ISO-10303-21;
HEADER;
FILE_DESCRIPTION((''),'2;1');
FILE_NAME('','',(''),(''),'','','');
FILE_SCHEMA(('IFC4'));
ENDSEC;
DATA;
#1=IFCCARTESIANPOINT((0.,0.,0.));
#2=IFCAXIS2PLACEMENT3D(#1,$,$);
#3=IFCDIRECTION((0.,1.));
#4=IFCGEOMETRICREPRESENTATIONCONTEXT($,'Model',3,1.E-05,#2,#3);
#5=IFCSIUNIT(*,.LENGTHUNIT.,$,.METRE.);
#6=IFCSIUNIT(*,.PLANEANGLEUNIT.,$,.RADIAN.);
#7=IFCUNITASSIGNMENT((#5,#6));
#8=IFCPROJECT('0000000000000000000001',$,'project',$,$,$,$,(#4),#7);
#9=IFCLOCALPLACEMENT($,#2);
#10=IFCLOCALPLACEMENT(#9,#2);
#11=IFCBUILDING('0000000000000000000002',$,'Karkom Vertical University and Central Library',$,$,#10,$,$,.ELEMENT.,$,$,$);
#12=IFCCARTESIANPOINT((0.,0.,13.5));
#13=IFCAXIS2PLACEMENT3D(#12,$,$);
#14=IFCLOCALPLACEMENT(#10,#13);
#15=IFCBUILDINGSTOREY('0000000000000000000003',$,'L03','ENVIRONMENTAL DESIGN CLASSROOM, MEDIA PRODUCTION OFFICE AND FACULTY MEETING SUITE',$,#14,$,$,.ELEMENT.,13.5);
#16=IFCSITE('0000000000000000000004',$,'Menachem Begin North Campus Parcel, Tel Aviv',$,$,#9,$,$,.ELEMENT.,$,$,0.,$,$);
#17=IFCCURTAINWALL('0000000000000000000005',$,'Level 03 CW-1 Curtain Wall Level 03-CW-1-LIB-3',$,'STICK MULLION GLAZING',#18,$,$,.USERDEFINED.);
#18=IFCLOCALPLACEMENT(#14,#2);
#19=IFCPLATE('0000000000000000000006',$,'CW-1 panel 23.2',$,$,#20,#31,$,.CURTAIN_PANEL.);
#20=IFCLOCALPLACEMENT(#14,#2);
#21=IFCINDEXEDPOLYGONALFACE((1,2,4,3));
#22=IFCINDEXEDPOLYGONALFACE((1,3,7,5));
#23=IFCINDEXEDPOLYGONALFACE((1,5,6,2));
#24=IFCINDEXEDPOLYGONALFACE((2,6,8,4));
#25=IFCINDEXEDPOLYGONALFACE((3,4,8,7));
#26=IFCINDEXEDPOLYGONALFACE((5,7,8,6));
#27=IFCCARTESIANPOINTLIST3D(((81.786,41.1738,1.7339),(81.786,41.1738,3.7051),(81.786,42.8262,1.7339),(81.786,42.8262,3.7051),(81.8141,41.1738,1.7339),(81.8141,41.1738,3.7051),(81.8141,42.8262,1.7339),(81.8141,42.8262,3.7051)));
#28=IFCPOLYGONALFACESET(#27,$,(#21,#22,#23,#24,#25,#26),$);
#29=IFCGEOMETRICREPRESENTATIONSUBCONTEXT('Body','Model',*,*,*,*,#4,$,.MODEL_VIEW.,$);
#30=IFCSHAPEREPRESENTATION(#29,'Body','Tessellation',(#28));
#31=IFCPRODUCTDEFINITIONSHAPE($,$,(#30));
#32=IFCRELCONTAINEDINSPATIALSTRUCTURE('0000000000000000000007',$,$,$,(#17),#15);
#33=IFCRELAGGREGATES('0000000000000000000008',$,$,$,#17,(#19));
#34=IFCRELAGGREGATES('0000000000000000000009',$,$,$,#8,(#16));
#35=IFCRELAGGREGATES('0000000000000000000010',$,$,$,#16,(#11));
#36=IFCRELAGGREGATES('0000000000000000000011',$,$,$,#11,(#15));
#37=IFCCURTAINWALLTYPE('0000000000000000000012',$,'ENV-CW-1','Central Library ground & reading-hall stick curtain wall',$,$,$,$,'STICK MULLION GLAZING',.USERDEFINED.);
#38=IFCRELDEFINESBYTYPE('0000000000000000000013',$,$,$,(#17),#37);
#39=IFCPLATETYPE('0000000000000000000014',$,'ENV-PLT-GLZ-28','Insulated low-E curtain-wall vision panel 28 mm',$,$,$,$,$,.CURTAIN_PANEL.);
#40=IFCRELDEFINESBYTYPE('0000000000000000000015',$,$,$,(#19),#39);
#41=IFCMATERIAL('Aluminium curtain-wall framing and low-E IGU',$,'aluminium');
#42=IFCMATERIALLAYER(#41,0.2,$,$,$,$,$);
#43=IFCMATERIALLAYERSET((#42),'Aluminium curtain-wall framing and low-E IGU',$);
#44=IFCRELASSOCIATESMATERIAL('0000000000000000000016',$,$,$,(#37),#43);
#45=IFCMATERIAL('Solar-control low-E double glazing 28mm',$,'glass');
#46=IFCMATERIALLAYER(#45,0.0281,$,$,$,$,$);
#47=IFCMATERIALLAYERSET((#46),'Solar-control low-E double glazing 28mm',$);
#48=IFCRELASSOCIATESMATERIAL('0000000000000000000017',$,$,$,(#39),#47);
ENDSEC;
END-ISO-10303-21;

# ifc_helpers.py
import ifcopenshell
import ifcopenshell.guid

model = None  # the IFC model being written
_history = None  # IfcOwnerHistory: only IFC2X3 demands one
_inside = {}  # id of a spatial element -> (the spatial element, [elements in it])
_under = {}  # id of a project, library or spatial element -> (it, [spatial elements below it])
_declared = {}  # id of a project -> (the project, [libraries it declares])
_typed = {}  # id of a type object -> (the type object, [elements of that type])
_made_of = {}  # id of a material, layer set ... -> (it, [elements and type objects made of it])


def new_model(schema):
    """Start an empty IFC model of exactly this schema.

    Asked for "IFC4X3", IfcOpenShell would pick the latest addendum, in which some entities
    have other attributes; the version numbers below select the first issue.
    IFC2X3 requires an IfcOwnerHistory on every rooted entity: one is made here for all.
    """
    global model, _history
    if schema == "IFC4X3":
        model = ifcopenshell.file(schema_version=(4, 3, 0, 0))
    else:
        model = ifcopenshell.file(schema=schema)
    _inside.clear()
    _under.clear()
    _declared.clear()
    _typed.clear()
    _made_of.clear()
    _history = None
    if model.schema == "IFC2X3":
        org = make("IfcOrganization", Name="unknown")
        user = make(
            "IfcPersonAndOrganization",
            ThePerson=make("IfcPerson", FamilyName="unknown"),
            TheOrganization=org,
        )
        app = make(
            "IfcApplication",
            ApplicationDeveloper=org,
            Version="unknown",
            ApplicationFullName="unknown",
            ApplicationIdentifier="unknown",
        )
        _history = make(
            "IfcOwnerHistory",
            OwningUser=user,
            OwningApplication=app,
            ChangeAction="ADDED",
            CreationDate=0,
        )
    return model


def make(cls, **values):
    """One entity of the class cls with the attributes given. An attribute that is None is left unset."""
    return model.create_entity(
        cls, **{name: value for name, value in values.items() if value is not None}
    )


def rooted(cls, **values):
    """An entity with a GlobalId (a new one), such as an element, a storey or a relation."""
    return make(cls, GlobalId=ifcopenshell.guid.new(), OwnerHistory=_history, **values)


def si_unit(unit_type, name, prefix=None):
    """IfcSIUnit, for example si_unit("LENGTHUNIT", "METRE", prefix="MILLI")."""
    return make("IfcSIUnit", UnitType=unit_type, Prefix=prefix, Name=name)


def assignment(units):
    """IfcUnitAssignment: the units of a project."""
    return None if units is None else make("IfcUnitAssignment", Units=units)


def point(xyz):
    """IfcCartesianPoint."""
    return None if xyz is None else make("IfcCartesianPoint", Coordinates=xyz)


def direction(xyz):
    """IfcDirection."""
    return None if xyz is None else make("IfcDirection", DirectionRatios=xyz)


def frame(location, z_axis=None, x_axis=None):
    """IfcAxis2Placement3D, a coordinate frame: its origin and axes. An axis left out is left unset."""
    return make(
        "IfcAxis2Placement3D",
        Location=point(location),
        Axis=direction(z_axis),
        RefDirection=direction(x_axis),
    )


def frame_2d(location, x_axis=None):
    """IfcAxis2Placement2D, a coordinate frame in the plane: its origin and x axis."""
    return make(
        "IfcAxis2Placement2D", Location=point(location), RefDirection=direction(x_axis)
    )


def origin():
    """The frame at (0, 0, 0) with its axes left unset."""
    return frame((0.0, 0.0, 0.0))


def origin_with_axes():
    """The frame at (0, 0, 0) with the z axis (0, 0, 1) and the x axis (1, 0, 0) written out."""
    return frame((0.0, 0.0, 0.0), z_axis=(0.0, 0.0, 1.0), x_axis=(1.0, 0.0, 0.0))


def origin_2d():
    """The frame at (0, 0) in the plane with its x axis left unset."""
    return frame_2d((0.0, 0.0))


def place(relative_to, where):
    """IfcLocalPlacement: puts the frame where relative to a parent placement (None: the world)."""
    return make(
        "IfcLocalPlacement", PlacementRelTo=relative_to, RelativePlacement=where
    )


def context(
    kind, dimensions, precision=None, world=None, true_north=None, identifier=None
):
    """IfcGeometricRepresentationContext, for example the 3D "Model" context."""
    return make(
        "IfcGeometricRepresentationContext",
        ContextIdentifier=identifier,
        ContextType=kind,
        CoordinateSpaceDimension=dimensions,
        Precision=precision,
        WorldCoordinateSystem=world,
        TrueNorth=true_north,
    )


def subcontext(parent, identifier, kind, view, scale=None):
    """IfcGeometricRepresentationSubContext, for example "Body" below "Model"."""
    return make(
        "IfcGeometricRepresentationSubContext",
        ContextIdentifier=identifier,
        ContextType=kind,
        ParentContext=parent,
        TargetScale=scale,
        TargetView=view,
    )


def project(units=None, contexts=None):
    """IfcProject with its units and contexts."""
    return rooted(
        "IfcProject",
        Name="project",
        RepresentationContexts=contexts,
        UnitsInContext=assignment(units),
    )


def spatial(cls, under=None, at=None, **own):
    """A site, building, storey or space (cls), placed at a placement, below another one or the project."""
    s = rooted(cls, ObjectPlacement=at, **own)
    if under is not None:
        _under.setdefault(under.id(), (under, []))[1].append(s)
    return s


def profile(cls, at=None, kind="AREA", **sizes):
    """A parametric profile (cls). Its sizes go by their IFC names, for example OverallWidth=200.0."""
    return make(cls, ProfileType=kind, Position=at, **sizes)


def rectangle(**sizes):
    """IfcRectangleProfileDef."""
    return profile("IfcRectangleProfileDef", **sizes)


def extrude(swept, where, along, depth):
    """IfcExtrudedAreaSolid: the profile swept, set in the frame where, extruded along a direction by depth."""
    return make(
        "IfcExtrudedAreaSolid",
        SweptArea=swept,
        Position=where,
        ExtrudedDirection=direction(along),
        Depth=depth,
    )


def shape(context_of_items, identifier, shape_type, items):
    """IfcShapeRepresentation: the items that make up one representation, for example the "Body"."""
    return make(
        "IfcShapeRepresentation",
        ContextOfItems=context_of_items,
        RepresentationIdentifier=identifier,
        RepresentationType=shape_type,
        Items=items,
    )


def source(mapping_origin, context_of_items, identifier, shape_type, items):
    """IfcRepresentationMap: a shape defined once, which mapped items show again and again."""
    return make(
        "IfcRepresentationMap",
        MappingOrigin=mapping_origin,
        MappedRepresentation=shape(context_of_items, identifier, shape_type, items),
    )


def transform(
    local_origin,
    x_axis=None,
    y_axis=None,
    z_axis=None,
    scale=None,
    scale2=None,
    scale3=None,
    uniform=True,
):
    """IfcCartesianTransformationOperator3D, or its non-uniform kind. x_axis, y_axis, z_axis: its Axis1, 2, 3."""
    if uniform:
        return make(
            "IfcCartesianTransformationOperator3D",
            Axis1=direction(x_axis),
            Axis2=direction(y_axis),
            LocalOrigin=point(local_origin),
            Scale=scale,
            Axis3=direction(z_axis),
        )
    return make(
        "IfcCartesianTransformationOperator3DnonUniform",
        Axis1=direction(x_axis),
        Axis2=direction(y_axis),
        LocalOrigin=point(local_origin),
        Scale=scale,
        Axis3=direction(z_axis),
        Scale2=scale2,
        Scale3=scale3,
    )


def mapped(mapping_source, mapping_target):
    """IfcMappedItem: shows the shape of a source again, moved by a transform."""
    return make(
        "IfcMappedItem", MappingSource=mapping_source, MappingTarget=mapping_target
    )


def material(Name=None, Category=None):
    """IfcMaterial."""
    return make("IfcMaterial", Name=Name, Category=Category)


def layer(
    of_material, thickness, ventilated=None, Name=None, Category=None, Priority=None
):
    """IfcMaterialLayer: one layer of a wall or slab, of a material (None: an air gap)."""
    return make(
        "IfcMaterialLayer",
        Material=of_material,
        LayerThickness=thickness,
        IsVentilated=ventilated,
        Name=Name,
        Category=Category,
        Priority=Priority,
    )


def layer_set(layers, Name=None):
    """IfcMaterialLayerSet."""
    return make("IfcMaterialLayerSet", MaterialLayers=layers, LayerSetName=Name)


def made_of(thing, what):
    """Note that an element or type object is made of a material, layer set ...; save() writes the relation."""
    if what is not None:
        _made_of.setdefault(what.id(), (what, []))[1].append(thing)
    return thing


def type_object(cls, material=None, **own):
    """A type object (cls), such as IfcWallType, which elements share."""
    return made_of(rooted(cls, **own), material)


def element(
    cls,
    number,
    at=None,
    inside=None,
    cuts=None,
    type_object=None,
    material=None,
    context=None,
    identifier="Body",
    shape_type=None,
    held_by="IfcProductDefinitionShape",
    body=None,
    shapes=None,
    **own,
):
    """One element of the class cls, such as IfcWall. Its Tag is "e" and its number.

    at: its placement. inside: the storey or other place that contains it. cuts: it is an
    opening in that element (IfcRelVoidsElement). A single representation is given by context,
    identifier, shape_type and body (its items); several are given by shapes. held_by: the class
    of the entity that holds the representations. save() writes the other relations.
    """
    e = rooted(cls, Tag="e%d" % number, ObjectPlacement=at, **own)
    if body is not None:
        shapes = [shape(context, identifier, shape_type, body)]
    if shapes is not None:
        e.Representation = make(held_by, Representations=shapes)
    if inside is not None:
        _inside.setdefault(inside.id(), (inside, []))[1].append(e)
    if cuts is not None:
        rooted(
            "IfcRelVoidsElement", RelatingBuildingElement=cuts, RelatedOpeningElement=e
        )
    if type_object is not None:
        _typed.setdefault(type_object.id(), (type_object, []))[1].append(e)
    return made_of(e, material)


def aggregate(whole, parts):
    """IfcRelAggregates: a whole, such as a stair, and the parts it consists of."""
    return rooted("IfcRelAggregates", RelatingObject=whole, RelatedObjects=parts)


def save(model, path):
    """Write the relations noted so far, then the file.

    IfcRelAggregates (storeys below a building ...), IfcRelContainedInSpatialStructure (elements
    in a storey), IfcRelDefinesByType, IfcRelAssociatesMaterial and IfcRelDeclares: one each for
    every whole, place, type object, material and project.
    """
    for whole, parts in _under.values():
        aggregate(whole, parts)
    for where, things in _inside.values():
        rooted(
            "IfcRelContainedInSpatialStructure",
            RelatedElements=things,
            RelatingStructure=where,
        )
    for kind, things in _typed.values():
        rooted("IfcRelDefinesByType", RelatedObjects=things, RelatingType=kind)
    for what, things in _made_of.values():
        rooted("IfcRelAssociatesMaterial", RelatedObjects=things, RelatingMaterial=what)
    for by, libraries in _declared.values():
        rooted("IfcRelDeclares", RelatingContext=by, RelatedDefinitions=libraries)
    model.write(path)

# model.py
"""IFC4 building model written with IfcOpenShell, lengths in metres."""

from ifc_helpers import new_model, si_unit, direction, frame, origin, origin_with_axes, origin_2d, place, context, subcontext, project, spatial, rectangle, extrude, source, transform, mapped, material, layer, layer_set, type_object, element, aggregate, save


model = new_model("IFC4")

# Units and contexts
model_context = context("Model", 3, precision=1e-05, world=origin(), true_north=direction((0.0, 1.0)))
body_context = subcontext(model_context, "Body", "Model", "MODEL_VIEW")
ifc_project = project(units=[si_unit("LENGTHUNIT", "METRE"), si_unit("PLANEANGLEUNIT", "RADIAN")], contexts=[model_context])

# Site, building, storey
site_placement = place(None, origin())
site = spatial("IfcSite", under=ifc_project, at=site_placement, Name="Menachem Begin North Campus Parcel, Tel Aviv", CompositionType="ELEMENT", RefElevation=0.0)
building_placement = place(site_placement, origin())
building = spatial("IfcBuilding", under=site, at=building_placement, Name="Karkom Vertical University and Central Library", CompositionType="ELEMENT")
storey_placement = place(building_placement, frame((0.0, 0.0, 13.5)))
storey = spatial("IfcBuildingStorey", under=building, at=storey_placement, Name="L03", Description="ENVIRONMENTAL DESIGN CLASSROOM, MEDIA PRODUCTION OFFICE AND FACULTY MEETING SUITE", CompositionType="ELEMENT", Elevation=13.5)

# Curtain wall, plate
ifc_material_1 = material(Name="Aluminium curtain-wall framing and low-E IGU", Category="aluminium")
ifc_layer_1 = layer(ifc_material_1, 0.2)
ifc_layer_set_1 = layer_set([ifc_layer_1], Name="Aluminium curtain-wall framing and low-E IGU")
curtain_wall_type = type_object("IfcCurtainWallType", Name="ENV-CW-1", Description="Central Library ground & reading-hall stick curtain wall", ElementType="STICK MULLION GLAZING", PredefinedType="USERDEFINED", material=ifc_layer_set_1)
curtain_wall_placement = place(storey_placement, origin())
curtain_wall = element("IfcCurtainWall", 1, at=curtain_wall_placement, inside=storey, type_object=curtain_wall_type, Name="Level 03 CW-1 Curtain Wall Level 03-CW-1-LIB-3", ObjectType="STICK MULLION GLAZING", PredefinedType="USERDEFINED")
ifc_material_2 = material(Name="Solar-control low-E double glazing 28mm", Category="glass")
ifc_layer_2 = layer(ifc_material_2, 0.0281)
ifc_layer_set_2 = layer_set([ifc_layer_2], Name="Solar-control low-E double glazing 28mm")
plate_type = type_object("IfcPlateType", Name="ENV-PLT-GLZ-28", Description="Insulated low-E curtain-wall vision panel 28 mm", PredefinedType="CURTAIN_PANEL", material=ifc_layer_set_2)
shared_shape_1 = source(origin_with_axes(), body_context, "Body", "SweptSolid", [
    extrude(rectangle(XDim=1.6523, YDim=0.0281, at=origin_2d()), origin(), (0.0, 0.0, 1.0), 1.9712),
])
plate_1_placement = place(storey_placement, frame((81.8, 42.0, 1.7339), z_axis=(0.0, 0.0, 1.0), x_axis=(0.0, 1.0, 0.0)))
plate_1 = element("IfcPlate", 2, at=plate_1_placement, type_object=plate_type, Name="CW-1 panel 23.2", PredefinedType="CURTAIN_PANEL", context=body_context, shape_type="MappedRepresentation", body=[
    mapped(shared_shape_1, transform((0.0, 0.0, 0.0), scale=1.0)),
])
aggregate(curtain_wall, [plate_1])

save(model, "model.ifc")
